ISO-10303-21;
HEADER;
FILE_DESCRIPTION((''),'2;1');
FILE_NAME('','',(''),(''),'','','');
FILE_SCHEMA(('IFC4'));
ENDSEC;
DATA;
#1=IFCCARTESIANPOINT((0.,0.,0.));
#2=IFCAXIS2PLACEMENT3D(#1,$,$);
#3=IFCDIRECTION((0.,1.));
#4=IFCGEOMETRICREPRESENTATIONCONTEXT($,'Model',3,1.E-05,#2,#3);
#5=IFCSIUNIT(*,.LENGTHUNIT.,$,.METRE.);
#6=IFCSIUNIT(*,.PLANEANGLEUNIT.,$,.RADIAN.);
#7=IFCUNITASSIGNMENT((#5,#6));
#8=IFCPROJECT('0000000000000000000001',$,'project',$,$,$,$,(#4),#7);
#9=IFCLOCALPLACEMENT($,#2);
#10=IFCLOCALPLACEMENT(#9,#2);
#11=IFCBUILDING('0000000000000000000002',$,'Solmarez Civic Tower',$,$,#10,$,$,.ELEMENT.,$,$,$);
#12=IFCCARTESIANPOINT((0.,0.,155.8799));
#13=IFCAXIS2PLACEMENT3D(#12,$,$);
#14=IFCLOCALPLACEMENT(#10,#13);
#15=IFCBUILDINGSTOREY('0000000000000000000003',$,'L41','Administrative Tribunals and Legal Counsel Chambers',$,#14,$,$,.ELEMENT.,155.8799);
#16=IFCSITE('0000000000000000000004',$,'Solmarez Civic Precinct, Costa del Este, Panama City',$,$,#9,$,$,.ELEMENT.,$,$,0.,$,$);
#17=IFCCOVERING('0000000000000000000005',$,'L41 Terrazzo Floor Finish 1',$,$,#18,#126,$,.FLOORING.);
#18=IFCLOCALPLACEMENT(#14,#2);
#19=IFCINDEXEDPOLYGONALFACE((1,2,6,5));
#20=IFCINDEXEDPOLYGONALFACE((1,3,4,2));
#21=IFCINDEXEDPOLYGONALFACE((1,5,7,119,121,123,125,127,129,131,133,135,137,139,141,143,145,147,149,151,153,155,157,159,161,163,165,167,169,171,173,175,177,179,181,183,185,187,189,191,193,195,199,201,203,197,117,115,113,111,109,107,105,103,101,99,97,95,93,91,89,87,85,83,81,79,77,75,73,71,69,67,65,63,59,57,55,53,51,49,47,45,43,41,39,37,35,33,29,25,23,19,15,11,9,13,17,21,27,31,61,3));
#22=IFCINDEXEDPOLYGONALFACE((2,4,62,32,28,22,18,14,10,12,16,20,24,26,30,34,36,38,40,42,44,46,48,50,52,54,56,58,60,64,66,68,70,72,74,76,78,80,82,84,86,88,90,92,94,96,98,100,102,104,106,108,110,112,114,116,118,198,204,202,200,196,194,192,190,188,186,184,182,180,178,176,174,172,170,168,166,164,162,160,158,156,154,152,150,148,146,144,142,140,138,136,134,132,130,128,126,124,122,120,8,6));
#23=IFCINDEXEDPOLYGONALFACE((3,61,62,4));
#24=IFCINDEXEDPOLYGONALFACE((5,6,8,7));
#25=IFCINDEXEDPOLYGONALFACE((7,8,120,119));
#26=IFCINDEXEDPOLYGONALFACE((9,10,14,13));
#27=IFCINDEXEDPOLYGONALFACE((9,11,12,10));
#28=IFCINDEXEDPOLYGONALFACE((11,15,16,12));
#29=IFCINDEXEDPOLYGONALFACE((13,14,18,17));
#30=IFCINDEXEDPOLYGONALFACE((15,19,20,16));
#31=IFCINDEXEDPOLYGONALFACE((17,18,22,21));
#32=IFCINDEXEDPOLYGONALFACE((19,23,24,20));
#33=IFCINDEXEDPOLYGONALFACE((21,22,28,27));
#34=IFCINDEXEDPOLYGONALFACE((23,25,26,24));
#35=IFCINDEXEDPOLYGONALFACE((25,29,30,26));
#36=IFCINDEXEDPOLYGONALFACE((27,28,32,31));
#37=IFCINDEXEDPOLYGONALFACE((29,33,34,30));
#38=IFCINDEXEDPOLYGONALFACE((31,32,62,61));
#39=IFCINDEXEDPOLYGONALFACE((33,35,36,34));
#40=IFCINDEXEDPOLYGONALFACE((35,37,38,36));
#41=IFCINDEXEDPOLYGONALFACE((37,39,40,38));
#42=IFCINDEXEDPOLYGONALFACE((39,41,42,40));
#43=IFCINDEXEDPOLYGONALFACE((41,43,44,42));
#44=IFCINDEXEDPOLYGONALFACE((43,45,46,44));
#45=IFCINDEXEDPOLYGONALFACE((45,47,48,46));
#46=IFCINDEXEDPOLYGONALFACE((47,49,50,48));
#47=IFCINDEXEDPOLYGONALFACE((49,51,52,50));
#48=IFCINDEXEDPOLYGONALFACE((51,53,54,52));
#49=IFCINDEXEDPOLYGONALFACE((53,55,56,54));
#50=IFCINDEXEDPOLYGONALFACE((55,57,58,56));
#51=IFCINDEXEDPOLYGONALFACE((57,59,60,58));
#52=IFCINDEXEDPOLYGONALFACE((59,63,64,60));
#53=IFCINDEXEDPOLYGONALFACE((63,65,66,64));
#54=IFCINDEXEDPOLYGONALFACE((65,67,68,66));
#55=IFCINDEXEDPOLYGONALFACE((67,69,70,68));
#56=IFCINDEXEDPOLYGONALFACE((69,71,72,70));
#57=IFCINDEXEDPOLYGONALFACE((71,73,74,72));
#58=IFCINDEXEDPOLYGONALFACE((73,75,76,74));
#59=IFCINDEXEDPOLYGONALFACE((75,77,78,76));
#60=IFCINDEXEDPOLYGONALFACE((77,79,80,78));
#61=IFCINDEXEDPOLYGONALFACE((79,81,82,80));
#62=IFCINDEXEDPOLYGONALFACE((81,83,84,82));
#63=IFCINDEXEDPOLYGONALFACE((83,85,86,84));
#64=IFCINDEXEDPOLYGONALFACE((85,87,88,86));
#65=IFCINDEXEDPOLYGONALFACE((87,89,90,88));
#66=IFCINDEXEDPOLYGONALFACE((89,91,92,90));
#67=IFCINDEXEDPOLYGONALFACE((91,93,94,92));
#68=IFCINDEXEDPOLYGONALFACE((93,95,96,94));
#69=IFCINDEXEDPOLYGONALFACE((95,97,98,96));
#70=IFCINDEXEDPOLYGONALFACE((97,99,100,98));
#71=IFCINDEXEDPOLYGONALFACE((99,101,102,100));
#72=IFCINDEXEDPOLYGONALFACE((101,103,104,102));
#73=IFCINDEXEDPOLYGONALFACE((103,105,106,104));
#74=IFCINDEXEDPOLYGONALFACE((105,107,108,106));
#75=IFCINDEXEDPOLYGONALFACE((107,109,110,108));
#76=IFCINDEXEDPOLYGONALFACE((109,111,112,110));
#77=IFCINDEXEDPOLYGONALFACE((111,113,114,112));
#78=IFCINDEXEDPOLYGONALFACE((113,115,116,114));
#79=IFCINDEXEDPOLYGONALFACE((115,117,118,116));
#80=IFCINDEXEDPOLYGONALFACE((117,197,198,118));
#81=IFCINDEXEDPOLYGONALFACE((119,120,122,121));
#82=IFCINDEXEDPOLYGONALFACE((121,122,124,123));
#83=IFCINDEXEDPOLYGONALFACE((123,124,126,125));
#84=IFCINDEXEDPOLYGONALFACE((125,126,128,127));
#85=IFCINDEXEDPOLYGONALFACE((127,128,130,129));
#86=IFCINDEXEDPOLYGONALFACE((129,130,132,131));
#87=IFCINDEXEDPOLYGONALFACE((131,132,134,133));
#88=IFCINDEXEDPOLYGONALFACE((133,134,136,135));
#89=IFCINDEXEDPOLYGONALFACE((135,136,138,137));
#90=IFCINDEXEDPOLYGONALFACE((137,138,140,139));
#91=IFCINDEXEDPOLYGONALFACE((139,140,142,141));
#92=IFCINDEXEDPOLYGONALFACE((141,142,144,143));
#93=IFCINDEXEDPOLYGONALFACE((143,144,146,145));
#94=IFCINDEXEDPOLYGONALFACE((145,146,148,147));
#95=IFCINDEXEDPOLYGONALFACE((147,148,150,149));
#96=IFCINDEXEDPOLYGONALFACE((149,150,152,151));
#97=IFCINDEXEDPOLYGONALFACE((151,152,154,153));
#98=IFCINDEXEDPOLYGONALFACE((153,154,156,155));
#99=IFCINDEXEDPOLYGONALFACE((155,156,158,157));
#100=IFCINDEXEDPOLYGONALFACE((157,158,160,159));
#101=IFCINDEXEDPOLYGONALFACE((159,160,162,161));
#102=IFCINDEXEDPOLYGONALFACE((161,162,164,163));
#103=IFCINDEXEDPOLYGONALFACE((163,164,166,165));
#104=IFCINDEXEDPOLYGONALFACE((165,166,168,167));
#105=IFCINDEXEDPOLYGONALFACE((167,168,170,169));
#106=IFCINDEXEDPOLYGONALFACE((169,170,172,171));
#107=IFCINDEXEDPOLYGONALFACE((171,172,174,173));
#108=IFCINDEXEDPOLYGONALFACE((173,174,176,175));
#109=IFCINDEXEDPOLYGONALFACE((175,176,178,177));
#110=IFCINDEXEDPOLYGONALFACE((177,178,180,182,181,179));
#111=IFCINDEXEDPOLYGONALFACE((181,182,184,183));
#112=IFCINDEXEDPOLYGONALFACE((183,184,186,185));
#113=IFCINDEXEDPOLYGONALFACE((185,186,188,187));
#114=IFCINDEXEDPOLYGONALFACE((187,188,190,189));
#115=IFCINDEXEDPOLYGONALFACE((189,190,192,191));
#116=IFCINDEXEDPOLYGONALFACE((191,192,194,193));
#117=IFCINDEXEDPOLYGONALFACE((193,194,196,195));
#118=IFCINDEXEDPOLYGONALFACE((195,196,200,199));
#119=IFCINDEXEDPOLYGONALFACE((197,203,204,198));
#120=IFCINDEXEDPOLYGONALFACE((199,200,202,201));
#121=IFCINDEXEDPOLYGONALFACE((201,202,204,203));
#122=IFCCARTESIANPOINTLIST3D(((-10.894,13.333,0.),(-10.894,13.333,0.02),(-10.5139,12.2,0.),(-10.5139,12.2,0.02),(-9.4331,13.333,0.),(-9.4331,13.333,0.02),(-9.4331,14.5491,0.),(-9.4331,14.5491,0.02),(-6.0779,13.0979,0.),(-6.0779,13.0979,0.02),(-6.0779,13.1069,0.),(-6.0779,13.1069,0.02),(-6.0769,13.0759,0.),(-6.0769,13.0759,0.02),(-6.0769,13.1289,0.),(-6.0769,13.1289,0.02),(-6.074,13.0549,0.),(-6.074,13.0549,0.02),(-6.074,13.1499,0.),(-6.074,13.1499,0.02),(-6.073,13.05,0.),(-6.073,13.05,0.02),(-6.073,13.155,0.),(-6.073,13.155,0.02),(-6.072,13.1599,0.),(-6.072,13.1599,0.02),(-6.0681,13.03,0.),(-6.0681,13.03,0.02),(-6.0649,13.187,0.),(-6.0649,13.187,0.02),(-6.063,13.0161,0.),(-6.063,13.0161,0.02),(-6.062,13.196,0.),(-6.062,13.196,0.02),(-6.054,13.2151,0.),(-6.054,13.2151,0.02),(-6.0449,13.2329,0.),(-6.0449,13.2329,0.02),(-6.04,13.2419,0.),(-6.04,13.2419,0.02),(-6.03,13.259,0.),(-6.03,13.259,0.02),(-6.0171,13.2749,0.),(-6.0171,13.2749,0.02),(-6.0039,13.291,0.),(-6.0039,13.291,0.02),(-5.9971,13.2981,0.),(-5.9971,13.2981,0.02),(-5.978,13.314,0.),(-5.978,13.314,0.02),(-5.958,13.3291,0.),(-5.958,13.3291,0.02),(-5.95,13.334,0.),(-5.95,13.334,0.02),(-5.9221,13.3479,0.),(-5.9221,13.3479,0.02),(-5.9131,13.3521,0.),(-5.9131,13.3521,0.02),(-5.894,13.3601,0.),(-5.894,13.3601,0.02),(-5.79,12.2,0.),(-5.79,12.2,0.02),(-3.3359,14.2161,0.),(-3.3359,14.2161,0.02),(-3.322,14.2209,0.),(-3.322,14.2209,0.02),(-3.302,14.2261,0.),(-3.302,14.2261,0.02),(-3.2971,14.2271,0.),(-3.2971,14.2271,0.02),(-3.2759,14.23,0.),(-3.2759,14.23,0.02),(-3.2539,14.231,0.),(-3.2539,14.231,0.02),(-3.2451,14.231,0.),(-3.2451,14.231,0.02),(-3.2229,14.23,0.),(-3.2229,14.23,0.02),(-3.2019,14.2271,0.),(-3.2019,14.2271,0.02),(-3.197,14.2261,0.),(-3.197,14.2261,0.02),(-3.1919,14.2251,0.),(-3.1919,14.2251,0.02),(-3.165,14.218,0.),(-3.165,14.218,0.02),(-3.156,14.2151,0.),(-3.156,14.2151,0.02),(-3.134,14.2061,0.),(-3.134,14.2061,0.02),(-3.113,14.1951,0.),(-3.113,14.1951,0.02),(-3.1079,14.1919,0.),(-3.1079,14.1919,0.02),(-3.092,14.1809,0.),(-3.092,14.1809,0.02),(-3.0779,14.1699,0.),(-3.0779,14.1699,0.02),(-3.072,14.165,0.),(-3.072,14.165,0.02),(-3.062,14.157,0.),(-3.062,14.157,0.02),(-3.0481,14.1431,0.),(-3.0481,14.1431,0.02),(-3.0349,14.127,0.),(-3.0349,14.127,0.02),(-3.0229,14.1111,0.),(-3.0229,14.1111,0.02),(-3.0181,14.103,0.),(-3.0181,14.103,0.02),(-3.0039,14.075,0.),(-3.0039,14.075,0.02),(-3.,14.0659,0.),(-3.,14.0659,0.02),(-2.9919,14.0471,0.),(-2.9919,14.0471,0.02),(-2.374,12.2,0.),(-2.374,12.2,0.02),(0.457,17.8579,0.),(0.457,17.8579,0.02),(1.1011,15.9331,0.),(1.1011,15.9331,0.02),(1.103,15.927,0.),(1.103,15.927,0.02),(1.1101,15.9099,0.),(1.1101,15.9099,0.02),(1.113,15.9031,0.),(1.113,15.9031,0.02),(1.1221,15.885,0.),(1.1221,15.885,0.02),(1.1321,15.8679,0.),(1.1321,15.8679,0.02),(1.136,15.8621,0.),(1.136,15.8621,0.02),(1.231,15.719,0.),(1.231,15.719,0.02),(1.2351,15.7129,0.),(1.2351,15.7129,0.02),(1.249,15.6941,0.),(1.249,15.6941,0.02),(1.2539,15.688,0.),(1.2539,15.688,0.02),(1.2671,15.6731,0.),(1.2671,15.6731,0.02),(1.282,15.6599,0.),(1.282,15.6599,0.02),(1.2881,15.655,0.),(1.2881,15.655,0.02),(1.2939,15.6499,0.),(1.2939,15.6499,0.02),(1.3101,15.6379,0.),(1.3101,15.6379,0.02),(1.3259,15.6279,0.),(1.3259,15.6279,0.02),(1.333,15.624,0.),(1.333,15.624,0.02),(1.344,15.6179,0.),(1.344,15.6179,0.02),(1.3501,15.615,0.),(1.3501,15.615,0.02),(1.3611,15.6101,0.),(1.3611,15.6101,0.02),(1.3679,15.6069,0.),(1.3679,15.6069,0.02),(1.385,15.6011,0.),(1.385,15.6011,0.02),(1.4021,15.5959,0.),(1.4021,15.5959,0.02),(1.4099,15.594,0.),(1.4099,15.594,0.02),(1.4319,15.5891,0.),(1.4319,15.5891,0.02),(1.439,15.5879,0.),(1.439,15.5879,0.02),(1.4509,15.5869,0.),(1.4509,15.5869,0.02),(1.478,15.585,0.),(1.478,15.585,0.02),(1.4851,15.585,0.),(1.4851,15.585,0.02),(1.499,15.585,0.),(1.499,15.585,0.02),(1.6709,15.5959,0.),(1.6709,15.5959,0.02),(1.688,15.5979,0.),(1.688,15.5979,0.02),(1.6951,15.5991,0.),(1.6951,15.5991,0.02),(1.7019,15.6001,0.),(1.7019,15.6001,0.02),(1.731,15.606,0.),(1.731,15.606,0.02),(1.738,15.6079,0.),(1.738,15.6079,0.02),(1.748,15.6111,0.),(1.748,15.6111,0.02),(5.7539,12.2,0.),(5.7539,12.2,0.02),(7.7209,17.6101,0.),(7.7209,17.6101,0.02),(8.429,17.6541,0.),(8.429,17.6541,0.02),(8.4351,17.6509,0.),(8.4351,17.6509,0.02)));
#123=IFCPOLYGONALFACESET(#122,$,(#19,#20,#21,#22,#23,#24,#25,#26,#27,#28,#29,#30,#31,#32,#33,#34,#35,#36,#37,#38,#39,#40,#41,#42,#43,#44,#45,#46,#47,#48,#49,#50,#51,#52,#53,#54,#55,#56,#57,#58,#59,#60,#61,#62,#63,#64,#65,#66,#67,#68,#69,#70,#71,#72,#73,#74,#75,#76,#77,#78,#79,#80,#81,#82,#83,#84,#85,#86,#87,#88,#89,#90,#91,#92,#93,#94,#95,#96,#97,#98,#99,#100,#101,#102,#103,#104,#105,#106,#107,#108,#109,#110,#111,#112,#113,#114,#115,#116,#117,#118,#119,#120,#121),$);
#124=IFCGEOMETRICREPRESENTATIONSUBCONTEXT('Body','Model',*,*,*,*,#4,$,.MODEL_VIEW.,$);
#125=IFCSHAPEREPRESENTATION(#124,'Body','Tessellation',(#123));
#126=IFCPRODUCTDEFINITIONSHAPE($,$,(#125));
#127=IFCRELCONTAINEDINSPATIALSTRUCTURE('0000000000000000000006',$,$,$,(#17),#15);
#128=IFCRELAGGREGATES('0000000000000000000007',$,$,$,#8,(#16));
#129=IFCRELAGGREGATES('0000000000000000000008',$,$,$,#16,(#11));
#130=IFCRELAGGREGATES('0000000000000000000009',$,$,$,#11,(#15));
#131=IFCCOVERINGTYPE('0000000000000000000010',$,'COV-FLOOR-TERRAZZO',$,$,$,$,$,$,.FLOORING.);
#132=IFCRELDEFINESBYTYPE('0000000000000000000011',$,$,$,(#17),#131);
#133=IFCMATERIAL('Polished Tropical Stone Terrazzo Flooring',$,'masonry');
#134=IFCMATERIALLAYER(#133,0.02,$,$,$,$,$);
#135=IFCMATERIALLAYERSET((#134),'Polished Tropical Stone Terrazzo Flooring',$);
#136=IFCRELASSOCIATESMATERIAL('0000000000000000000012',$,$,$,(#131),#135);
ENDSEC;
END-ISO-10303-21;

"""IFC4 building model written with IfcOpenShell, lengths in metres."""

from ifc_helpers import new_model, si_unit, direction, frame, origin, place, context, subcontext, project, spatial, polyline, outline, extrude, material, layer, layer_set, type_object, element, save


model = new_model("IFC4")

# Units and contexts
model_context = context("Model", 3, precision=1e-05, world=origin(), true_north=direction((0.0, 1.0)))
body_context = subcontext(model_context, "Body", "Model", "MODEL_VIEW")
ifc_project = project(units=[si_unit("LENGTHUNIT", "METRE"), si_unit("PLANEANGLEUNIT", "RADIAN")], contexts=[model_context])

# Site, building, storey
site_placement = place(None, origin())
site = spatial("IfcSite", under=ifc_project, at=site_placement, Name="Solmarez Civic Precinct, Costa del Este, Panama City", CompositionType="ELEMENT", RefElevation=0.0)
building_placement = place(site_placement, origin())
building = spatial("IfcBuilding", under=site, at=building_placement, Name="Solmarez Civic Tower", CompositionType="ELEMENT")
storey_placement = place(building_placement, frame((0.0, 0.0, 155.8799)))
storey = spatial("IfcBuildingStorey", under=building, at=storey_placement, Name="L41", Description="Administrative Tribunals and Legal Counsel Chambers", CompositionType="ELEMENT", Elevation=155.8799)

# Covering
ifc_material_1 = material(Name="Polished Tropical Stone Terrazzo Flooring", Category="masonry")
ifc_layer_1 = layer(ifc_material_1, 0.02)
ifc_layer_set_1 = layer_set([ifc_layer_1], Name="Polished Tropical Stone Terrazzo Flooring")
covering_type_1 = type_object("IfcCoveringType", Name="COV-FLOOR-TERRAZZO", PredefinedType="FLOORING", material=ifc_layer_set_1)
covering_1_placement = place(storey_placement, origin())
element("IfcCovering", 1, at=covering_1_placement, inside=storey, type_object=covering_type_1, Name="L41 Terrazzo Floor Finish 1", PredefinedType="FLOORING", context=body_context, shape_type="SweptSolid", body=[
    extrude(outline(polyline([(-9.4331, 14.5491), (-9.4331, 13.333), (-10.894, 13.333), (-10.5139, 12.2), (-5.79, 12.2), (-6.063, 13.0161), (-6.0681, 13.03), (-6.073, 13.05), (-6.074, 13.0549), (-6.0769, 13.0759), (-6.0779, 13.0979), (-6.0779, 13.1069), (-6.0769, 13.1289), (-6.074, 13.1499), (-6.073, 13.155), (-6.072, 13.1599), (-6.0649, 13.187), (-6.062, 13.196), (-6.054, 13.2151), (-6.0449, 13.2329), (-6.04, 13.2419), (-6.03, 13.259), (-6.0171, 13.2749), (-6.0039, 13.291), (-5.9971, 13.2981), (-5.978, 13.314), (-5.958, 13.3291), (-5.95, 13.334), (-5.9221, 13.3479), (-5.9131, 13.3521), (-5.894, 13.3601), (-3.3359, 14.2161), (-3.322, 14.2209), (-3.302, 14.2261), (-3.2971, 14.2271), (-3.2759, 14.23), (-3.2539, 14.231), (-3.2451, 14.231), (-3.2229, 14.23), (-3.2019, 14.2271), (-3.197, 14.2261), (-3.1919, 14.2251), (-3.165, 14.218), (-3.156, 14.2151), (-3.134, 14.2061), (-3.113, 14.1951), (-3.1079, 14.1919), (-3.092, 14.1809), (-3.0779, 14.1699), (-3.072, 14.165), (-3.062, 14.157), (-3.0481, 14.1431), (-3.0349, 14.127), (-3.0229, 14.1111), (-3.0181, 14.103), (-3.0039, 14.075), (-3.0, 14.0659), (-2.9919, 14.0471), (-2.374, 12.2), (5.7539, 12.2), (8.4351, 17.6509), (8.429, 17.6541), (7.7209, 17.6101), (1.748, 15.6111), (1.738, 15.6079), (1.731, 15.606), (1.7019, 15.6001), (1.6951, 15.5991), (1.688, 15.5979), (1.6709, 15.5959), (1.499, 15.585), (1.4851, 15.585), (1.478, 15.585), (1.4509, 15.5869), (1.439, 15.5879), (1.4319, 15.5891), (1.4099, 15.594), (1.4021, 15.5959), (1.385, 15.6011), (1.3679, 15.6069), (1.3611, 15.6101), (1.3501, 15.615), (1.344, 15.6179), (1.333, 15.624), (1.3259, 15.6279), (1.3101, 15.6379), (1.2939, 15.6499), (1.2881, 15.655), (1.282, 15.6599), (1.2671, 15.6731), (1.2539, 15.688), (1.249, 15.6941), (1.2351, 15.7129), (1.231, 15.719), (1.136, 15.8621), (1.1321, 15.8679), (1.1221, 15.885), (1.113, 15.9031), (1.1101, 15.9099), (1.103, 15.927), (1.1011, 15.9331), (0.457, 17.8579), (-9.4331, 14.5491)])), origin(), (0.0, 0.0, 1.0), 0.02),
])

save(model, "model.ifc")
